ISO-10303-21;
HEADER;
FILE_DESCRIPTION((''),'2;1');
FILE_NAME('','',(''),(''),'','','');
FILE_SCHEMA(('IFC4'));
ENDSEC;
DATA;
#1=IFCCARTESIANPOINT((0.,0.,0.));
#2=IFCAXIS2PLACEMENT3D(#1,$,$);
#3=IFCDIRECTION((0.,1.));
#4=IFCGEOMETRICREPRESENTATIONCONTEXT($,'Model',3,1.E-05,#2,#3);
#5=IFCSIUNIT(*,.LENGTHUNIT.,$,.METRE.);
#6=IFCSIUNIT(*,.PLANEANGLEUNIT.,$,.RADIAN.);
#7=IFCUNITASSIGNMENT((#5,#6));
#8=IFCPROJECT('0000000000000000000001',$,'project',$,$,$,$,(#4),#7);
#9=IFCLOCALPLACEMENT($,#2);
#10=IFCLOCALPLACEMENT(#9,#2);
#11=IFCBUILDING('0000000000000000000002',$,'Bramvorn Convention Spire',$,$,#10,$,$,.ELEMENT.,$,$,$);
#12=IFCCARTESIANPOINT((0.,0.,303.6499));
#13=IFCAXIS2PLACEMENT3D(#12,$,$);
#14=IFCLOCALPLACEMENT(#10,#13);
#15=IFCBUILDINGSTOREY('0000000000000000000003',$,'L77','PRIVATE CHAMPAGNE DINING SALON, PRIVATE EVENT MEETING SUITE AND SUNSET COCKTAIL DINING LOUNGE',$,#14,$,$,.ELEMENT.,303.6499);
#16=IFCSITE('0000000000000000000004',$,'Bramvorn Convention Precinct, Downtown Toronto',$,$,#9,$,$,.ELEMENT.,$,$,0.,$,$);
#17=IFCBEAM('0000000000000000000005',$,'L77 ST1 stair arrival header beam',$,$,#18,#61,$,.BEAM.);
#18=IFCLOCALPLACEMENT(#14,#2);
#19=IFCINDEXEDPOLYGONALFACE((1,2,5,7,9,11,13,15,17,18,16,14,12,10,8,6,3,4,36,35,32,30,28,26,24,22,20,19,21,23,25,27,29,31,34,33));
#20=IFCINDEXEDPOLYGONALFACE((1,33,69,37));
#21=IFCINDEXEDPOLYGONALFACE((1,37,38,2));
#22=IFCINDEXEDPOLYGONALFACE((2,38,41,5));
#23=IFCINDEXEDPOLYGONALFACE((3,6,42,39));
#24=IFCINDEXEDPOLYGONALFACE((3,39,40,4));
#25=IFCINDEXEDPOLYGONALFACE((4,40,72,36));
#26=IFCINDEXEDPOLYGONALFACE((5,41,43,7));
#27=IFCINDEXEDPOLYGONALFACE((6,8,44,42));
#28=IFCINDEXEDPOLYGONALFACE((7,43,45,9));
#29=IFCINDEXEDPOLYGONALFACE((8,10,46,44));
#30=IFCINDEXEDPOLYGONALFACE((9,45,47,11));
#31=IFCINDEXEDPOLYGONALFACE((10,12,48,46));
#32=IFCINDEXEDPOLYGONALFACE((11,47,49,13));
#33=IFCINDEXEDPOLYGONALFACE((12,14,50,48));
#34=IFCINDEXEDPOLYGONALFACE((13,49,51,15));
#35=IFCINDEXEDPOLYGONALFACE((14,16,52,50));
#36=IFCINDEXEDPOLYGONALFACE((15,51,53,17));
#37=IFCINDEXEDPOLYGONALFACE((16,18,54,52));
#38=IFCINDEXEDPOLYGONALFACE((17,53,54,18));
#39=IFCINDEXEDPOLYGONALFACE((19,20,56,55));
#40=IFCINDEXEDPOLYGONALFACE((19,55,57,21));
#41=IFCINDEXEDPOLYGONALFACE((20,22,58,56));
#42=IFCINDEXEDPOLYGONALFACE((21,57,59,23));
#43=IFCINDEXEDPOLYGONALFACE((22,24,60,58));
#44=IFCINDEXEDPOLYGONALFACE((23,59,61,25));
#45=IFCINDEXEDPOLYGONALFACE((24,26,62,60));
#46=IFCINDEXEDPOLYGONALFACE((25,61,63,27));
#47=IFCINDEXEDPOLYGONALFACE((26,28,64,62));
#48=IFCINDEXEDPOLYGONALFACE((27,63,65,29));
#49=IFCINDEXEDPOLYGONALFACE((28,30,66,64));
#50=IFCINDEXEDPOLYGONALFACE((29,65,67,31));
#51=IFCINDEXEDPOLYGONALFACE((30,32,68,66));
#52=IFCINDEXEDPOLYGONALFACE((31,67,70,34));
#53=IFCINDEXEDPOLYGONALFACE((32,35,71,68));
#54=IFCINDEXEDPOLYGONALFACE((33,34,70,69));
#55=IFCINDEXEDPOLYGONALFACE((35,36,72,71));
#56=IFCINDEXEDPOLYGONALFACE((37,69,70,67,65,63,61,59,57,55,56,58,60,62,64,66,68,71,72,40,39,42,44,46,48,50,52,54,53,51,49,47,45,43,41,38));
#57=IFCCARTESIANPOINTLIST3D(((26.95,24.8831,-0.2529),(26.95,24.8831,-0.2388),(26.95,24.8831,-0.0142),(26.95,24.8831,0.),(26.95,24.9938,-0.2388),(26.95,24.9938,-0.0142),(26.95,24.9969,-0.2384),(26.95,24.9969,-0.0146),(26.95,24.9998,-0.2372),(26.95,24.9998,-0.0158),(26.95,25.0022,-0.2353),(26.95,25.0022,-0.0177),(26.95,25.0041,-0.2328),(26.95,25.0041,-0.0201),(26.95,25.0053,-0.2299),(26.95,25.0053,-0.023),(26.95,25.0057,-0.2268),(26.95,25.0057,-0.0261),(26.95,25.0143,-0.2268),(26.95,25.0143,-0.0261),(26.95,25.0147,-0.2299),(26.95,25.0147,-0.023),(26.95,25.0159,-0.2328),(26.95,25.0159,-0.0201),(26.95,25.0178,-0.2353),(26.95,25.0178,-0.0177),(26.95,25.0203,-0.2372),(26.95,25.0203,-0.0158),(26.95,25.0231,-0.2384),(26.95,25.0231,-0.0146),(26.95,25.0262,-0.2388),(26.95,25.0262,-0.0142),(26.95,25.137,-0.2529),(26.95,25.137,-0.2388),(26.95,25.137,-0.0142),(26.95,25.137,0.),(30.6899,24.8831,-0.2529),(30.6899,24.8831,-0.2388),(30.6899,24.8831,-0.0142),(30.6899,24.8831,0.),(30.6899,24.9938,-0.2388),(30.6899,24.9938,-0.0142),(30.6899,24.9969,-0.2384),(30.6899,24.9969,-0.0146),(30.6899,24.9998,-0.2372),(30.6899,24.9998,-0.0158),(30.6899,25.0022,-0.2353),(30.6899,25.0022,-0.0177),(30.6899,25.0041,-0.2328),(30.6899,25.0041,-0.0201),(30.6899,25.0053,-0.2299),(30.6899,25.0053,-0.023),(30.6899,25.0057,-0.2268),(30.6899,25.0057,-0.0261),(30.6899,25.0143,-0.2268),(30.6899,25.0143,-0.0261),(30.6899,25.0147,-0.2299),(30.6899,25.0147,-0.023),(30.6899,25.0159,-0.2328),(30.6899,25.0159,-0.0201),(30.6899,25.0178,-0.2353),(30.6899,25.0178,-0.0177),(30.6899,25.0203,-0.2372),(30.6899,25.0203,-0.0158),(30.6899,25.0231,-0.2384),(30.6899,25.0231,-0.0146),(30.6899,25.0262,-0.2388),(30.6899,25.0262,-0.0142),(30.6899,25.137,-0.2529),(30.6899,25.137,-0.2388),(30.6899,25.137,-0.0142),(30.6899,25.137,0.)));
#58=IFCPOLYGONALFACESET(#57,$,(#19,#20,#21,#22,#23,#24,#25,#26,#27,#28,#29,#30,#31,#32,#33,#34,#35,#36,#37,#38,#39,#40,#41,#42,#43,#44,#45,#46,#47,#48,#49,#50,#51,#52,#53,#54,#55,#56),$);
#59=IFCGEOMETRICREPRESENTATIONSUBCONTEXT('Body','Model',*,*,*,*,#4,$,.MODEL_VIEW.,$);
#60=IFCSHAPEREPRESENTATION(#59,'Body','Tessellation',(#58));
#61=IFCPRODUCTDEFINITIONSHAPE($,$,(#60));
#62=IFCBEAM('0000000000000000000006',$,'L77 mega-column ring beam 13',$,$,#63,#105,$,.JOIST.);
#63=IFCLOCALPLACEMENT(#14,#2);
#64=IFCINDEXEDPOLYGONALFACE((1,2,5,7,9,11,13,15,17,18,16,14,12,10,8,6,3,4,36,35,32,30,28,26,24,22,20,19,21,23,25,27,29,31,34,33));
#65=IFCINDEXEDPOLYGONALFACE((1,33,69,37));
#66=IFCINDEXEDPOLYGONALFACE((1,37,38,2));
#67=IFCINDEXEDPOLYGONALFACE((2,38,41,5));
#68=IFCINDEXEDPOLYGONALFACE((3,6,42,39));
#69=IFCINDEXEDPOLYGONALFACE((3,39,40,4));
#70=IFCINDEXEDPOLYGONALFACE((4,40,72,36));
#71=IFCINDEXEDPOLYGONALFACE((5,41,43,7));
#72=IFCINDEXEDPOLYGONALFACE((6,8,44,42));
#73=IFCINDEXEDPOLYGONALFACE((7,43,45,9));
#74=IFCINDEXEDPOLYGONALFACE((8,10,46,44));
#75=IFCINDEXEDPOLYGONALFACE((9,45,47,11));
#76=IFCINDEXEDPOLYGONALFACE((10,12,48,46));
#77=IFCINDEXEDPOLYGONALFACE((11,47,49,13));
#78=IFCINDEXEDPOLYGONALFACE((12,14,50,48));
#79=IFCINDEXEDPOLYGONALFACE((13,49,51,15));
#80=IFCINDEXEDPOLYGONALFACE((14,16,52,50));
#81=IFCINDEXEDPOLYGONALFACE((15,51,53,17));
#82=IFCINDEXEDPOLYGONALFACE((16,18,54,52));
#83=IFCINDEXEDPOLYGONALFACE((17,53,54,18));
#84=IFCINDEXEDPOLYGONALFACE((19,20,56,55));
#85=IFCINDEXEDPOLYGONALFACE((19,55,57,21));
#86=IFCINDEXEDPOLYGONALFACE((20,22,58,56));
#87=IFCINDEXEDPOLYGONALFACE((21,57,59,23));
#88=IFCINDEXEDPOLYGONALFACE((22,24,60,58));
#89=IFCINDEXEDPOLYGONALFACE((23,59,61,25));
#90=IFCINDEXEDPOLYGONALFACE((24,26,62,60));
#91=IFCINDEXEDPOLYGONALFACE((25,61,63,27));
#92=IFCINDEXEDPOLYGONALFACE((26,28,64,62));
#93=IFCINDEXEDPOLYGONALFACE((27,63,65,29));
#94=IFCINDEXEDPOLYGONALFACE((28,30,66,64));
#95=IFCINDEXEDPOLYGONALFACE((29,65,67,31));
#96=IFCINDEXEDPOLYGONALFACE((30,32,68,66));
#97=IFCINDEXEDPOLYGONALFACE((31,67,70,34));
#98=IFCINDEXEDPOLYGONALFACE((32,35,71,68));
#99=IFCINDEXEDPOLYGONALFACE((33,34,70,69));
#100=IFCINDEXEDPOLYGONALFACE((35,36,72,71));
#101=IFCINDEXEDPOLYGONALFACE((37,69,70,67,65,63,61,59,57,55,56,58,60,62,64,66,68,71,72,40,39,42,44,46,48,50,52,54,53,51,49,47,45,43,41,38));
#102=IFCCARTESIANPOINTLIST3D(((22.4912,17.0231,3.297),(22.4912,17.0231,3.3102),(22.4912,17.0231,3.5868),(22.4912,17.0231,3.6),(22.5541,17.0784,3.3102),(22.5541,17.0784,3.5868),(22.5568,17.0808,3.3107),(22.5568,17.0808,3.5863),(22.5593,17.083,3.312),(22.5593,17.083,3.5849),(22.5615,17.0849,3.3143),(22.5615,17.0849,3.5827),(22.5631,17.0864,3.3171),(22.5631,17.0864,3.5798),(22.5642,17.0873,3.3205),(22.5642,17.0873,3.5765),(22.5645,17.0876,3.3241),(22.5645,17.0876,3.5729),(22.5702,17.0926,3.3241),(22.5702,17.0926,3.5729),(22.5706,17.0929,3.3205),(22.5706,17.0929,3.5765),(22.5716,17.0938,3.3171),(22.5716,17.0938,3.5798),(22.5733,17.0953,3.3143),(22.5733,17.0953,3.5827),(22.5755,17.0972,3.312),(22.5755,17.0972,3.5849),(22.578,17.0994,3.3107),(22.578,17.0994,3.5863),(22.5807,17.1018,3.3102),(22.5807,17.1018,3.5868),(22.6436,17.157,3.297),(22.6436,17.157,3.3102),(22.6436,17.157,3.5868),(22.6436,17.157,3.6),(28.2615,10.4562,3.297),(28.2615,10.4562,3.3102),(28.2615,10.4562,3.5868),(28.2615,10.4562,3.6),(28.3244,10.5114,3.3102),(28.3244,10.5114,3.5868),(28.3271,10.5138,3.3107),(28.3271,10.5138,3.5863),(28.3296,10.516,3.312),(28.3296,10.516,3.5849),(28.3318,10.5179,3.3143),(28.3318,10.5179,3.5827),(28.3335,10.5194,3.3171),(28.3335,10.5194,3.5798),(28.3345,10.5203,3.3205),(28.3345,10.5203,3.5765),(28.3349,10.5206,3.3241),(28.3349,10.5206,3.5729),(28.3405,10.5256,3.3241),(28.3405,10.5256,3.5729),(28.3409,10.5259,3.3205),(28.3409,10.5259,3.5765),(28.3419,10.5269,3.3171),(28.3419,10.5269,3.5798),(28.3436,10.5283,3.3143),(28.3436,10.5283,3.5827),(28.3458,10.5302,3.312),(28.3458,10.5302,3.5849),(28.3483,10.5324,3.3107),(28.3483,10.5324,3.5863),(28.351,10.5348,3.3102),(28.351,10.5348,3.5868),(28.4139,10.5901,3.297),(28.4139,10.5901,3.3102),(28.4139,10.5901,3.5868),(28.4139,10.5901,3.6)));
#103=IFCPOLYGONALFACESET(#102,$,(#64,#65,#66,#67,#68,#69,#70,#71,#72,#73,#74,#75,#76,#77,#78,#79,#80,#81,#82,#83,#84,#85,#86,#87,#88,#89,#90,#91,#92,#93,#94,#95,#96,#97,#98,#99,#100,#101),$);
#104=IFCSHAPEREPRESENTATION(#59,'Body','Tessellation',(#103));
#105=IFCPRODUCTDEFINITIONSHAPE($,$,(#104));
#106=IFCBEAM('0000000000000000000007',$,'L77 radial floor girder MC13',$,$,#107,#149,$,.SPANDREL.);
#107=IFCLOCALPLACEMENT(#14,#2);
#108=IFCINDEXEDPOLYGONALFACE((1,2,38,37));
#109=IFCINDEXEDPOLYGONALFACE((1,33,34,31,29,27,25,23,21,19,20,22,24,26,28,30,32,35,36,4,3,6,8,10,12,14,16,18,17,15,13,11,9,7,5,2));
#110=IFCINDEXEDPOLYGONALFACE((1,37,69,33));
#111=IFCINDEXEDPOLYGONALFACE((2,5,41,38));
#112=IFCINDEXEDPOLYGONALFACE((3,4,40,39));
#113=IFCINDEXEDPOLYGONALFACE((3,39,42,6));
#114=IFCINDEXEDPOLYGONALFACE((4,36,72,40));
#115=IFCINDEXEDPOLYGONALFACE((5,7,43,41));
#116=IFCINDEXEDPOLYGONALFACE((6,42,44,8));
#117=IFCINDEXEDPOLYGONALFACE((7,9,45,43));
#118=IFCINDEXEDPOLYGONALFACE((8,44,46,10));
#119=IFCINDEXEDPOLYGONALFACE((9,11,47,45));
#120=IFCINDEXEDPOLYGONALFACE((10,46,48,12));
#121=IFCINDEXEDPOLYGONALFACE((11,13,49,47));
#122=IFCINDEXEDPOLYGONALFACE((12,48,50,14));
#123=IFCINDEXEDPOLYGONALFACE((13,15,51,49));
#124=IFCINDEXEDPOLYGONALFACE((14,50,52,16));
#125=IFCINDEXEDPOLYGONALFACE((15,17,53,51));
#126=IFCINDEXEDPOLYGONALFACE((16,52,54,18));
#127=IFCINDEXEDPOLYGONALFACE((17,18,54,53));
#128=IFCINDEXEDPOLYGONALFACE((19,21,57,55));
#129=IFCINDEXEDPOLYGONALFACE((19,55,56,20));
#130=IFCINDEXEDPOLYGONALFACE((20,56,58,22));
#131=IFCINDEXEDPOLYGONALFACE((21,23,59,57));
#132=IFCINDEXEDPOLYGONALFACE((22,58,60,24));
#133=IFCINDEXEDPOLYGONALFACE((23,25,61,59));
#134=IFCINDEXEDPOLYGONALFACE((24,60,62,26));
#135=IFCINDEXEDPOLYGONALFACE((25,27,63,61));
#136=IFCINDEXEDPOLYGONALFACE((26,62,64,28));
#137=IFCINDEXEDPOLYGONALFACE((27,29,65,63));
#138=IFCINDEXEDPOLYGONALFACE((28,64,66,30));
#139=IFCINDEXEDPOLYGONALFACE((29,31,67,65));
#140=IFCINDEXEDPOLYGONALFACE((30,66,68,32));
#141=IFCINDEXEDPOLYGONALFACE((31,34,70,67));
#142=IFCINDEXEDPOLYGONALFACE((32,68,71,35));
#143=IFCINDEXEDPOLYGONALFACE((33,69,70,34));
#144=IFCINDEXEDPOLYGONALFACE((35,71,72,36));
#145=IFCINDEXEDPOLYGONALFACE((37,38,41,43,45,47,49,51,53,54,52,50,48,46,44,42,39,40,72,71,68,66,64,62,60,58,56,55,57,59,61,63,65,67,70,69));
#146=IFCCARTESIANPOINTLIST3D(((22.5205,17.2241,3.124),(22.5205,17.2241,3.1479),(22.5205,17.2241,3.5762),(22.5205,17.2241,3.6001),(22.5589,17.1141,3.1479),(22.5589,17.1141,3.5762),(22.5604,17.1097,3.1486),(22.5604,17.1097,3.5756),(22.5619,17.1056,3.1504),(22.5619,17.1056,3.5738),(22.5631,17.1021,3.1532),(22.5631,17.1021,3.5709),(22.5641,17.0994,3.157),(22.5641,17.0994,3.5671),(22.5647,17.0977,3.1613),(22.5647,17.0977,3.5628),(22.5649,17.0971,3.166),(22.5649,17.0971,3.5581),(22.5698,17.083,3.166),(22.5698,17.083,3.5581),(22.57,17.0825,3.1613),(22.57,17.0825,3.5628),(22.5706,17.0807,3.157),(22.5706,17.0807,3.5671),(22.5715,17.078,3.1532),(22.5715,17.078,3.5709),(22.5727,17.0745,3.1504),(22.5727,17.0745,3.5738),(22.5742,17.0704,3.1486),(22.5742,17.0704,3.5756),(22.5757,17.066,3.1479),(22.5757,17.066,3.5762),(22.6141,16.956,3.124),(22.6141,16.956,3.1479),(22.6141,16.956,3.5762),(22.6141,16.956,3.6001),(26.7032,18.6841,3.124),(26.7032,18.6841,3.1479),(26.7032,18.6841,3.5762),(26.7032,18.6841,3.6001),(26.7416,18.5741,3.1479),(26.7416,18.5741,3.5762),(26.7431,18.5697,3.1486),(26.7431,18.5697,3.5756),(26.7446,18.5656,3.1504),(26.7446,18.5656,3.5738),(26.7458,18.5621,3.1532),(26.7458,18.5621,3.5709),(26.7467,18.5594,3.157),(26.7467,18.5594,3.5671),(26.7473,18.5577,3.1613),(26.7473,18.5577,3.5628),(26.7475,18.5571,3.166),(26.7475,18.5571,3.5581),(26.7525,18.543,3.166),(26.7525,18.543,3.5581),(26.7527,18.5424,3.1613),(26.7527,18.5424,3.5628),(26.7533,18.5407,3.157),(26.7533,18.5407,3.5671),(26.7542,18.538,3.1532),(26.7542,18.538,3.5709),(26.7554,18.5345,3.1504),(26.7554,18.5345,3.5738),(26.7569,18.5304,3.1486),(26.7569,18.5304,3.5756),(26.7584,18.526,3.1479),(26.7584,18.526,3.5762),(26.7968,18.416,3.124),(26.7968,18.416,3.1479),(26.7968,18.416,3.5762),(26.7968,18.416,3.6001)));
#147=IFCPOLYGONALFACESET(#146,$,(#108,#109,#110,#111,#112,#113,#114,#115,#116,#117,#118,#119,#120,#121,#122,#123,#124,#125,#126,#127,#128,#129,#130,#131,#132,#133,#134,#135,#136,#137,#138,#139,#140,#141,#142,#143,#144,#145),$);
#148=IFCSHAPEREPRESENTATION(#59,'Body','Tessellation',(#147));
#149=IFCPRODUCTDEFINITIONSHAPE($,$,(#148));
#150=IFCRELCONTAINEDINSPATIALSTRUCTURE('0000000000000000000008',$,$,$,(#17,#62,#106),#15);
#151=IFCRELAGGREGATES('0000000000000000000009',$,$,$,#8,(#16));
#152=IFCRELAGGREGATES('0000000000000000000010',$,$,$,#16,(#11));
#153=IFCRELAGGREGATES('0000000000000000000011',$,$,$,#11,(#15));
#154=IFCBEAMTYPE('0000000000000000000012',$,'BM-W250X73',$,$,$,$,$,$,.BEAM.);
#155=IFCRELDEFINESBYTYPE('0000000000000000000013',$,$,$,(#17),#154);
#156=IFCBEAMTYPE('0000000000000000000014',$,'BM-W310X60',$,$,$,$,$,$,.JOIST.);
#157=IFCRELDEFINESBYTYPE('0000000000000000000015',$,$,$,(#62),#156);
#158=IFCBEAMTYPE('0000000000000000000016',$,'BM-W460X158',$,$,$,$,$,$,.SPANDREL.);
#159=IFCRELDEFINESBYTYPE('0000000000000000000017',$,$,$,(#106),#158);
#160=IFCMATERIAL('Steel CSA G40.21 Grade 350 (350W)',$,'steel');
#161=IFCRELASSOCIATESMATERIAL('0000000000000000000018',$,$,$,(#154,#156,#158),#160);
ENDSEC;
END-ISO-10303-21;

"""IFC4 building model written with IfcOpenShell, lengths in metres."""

from ifc_helpers import new_model, si_unit, direction, frame, origin, origin_2d, place, context, subcontext, project, spatial, i_section, extrude, material, material_profile, profile_set, type_object, element, save


model = new_model("IFC4")

# Units and contexts
model_context = context("Model", 3, precision=1e-05, world=origin(), true_north=direction((0.0, 1.0)))
body_context = subcontext(model_context, "Body", "Model", "MODEL_VIEW")
ifc_project = project(units=[si_unit("LENGTHUNIT", "METRE"), si_unit("PLANEANGLEUNIT", "RADIAN")], contexts=[model_context])

# Site, building, storey
site_placement = place(None, origin())
site = spatial("IfcSite", under=ifc_project, at=site_placement, Name="Bramvorn Convention Precinct, Downtown Toronto", CompositionType="ELEMENT", RefElevation=0.0)
building_placement = place(site_placement, origin())
building = spatial("IfcBuilding", under=site, at=building_placement, Name="Bramvorn Convention Spire", CompositionType="ELEMENT")
storey_placement = place(building_placement, frame((0.0, 0.0, 303.6499)))
storey = spatial("IfcBuildingStorey", under=building, at=storey_placement, Name="L77", Description="PRIVATE CHAMPAGNE DINING SALON, PRIVATE EVENT MEETING SUITE AND SUNSET COCKTAIL DINING LOUNGE", CompositionType="ELEMENT", Elevation=303.6499)

# Shared definitions
ifc_material_1 = material(Name="Steel CSA G40.21 Grade 350 (350W)", Category="steel")

# Beams
ifc_material_profile_1 = material_profile(ifc_material_1, i_section(OverallWidth=0.2539, OverallDepth=0.2529, WebThickness=0.0085, FlangeThickness=0.0142, FilletRadius=0.012, at=origin_2d()))
ifc_profile_set_1 = profile_set([ifc_material_profile_1], Name="Steel CSA G40.21 Grade 350 (350W) - W250X73")
beam_type_1 = type_object("IfcBeamType", Name="BM-W250X73", PredefinedType="BEAM", material=ifc_profile_set_1)
beam_1_placement = place(storey_placement, frame((26.95, 25.01, -0.1265), z_axis=(1.0, 0.0, 0.0), x_axis=(0.0, 1.0, 0.0)))
element("IfcBeam", 1, at=beam_1_placement, inside=storey, type_object=beam_type_1, Name="L77 ST1 stair arrival header beam", PredefinedType="BEAM", context=body_context, shape_type="SweptSolid", body=[
    extrude(i_section(OverallWidth=0.2539, OverallDepth=0.2529, WebThickness=0.0085, FlangeThickness=0.0142, FilletRadius=0.012, at=origin_2d()), origin(), (0.0, 0.0, 1.0), 3.74),
])
ifc_material_profile_2 = material_profile(ifc_material_1, i_section(OverallWidth=0.2029, OverallDepth=0.303, WebThickness=0.0076, FlangeThickness=0.0132, FilletRadius=0.0139, at=origin_2d()))
ifc_profile_set_2 = profile_set([ifc_material_profile_2], Name="Steel CSA G40.21 Grade 350 (350W) - W310X60")
beam_type_2 = type_object("IfcBeamType", Name="BM-W310X60", PredefinedType="JOIST", material=ifc_profile_set_2)
beam_2_placement = place(storey_placement, frame((22.5674, 17.0901, 3.4485), z_axis=(0.660073, -0.751201, 0.0), x_axis=(0.751201, 0.660073, 0.0)))
element("IfcBeam", 2, at=beam_2_placement, inside=storey, type_object=beam_type_2, Name="L77 mega-column ring beam 13", PredefinedType="JOIST", context=body_context, shape_type="SweptSolid", body=[
    extrude(i_section(OverallWidth=0.2029, OverallDepth=0.303, WebThickness=0.0076, FlangeThickness=0.0132, FilletRadius=0.0139, at=origin_2d()), origin(), (0.0, 0.0, 1.0), 8.7419),
])
ifc_material_profile_3 = material_profile(ifc_material_1, i_section(OverallWidth=0.2839, OverallDepth=0.4761, WebThickness=0.0149, FlangeThickness=0.0239, FilletRadius=0.0181, at=origin_2d()))
ifc_profile_set_3 = profile_set([ifc_material_profile_3], Name="Steel CSA G40.21 Grade 350 (350W) - W460X158")
beam_type_3 = type_object("IfcBeamType", Name="BM-W460X158", PredefinedType="SPANDREL", material=ifc_profile_set_3)
beam_3_placement = place(storey_placement, frame((26.75, 18.55, 3.3621), z_axis=(-0.944136, -0.329555, 0.0), x_axis=(0.329555, -0.944136, 0.0)))
element("IfcBeam", 3, at=beam_3_placement, inside=storey, type_object=beam_type_3, Name="L77 radial floor girder MC13", PredefinedType="SPANDREL", context=body_context, shape_type="SweptSolid", body=[
    extrude(i_section(OverallWidth=0.2839, OverallDepth=0.4761, WebThickness=0.0149, FlangeThickness=0.0239, FilletRadius=0.0181, at=origin_2d()), origin(), (0.0, 0.0, 1.0), 4.4302),
])

save(model, "model.ifc")
